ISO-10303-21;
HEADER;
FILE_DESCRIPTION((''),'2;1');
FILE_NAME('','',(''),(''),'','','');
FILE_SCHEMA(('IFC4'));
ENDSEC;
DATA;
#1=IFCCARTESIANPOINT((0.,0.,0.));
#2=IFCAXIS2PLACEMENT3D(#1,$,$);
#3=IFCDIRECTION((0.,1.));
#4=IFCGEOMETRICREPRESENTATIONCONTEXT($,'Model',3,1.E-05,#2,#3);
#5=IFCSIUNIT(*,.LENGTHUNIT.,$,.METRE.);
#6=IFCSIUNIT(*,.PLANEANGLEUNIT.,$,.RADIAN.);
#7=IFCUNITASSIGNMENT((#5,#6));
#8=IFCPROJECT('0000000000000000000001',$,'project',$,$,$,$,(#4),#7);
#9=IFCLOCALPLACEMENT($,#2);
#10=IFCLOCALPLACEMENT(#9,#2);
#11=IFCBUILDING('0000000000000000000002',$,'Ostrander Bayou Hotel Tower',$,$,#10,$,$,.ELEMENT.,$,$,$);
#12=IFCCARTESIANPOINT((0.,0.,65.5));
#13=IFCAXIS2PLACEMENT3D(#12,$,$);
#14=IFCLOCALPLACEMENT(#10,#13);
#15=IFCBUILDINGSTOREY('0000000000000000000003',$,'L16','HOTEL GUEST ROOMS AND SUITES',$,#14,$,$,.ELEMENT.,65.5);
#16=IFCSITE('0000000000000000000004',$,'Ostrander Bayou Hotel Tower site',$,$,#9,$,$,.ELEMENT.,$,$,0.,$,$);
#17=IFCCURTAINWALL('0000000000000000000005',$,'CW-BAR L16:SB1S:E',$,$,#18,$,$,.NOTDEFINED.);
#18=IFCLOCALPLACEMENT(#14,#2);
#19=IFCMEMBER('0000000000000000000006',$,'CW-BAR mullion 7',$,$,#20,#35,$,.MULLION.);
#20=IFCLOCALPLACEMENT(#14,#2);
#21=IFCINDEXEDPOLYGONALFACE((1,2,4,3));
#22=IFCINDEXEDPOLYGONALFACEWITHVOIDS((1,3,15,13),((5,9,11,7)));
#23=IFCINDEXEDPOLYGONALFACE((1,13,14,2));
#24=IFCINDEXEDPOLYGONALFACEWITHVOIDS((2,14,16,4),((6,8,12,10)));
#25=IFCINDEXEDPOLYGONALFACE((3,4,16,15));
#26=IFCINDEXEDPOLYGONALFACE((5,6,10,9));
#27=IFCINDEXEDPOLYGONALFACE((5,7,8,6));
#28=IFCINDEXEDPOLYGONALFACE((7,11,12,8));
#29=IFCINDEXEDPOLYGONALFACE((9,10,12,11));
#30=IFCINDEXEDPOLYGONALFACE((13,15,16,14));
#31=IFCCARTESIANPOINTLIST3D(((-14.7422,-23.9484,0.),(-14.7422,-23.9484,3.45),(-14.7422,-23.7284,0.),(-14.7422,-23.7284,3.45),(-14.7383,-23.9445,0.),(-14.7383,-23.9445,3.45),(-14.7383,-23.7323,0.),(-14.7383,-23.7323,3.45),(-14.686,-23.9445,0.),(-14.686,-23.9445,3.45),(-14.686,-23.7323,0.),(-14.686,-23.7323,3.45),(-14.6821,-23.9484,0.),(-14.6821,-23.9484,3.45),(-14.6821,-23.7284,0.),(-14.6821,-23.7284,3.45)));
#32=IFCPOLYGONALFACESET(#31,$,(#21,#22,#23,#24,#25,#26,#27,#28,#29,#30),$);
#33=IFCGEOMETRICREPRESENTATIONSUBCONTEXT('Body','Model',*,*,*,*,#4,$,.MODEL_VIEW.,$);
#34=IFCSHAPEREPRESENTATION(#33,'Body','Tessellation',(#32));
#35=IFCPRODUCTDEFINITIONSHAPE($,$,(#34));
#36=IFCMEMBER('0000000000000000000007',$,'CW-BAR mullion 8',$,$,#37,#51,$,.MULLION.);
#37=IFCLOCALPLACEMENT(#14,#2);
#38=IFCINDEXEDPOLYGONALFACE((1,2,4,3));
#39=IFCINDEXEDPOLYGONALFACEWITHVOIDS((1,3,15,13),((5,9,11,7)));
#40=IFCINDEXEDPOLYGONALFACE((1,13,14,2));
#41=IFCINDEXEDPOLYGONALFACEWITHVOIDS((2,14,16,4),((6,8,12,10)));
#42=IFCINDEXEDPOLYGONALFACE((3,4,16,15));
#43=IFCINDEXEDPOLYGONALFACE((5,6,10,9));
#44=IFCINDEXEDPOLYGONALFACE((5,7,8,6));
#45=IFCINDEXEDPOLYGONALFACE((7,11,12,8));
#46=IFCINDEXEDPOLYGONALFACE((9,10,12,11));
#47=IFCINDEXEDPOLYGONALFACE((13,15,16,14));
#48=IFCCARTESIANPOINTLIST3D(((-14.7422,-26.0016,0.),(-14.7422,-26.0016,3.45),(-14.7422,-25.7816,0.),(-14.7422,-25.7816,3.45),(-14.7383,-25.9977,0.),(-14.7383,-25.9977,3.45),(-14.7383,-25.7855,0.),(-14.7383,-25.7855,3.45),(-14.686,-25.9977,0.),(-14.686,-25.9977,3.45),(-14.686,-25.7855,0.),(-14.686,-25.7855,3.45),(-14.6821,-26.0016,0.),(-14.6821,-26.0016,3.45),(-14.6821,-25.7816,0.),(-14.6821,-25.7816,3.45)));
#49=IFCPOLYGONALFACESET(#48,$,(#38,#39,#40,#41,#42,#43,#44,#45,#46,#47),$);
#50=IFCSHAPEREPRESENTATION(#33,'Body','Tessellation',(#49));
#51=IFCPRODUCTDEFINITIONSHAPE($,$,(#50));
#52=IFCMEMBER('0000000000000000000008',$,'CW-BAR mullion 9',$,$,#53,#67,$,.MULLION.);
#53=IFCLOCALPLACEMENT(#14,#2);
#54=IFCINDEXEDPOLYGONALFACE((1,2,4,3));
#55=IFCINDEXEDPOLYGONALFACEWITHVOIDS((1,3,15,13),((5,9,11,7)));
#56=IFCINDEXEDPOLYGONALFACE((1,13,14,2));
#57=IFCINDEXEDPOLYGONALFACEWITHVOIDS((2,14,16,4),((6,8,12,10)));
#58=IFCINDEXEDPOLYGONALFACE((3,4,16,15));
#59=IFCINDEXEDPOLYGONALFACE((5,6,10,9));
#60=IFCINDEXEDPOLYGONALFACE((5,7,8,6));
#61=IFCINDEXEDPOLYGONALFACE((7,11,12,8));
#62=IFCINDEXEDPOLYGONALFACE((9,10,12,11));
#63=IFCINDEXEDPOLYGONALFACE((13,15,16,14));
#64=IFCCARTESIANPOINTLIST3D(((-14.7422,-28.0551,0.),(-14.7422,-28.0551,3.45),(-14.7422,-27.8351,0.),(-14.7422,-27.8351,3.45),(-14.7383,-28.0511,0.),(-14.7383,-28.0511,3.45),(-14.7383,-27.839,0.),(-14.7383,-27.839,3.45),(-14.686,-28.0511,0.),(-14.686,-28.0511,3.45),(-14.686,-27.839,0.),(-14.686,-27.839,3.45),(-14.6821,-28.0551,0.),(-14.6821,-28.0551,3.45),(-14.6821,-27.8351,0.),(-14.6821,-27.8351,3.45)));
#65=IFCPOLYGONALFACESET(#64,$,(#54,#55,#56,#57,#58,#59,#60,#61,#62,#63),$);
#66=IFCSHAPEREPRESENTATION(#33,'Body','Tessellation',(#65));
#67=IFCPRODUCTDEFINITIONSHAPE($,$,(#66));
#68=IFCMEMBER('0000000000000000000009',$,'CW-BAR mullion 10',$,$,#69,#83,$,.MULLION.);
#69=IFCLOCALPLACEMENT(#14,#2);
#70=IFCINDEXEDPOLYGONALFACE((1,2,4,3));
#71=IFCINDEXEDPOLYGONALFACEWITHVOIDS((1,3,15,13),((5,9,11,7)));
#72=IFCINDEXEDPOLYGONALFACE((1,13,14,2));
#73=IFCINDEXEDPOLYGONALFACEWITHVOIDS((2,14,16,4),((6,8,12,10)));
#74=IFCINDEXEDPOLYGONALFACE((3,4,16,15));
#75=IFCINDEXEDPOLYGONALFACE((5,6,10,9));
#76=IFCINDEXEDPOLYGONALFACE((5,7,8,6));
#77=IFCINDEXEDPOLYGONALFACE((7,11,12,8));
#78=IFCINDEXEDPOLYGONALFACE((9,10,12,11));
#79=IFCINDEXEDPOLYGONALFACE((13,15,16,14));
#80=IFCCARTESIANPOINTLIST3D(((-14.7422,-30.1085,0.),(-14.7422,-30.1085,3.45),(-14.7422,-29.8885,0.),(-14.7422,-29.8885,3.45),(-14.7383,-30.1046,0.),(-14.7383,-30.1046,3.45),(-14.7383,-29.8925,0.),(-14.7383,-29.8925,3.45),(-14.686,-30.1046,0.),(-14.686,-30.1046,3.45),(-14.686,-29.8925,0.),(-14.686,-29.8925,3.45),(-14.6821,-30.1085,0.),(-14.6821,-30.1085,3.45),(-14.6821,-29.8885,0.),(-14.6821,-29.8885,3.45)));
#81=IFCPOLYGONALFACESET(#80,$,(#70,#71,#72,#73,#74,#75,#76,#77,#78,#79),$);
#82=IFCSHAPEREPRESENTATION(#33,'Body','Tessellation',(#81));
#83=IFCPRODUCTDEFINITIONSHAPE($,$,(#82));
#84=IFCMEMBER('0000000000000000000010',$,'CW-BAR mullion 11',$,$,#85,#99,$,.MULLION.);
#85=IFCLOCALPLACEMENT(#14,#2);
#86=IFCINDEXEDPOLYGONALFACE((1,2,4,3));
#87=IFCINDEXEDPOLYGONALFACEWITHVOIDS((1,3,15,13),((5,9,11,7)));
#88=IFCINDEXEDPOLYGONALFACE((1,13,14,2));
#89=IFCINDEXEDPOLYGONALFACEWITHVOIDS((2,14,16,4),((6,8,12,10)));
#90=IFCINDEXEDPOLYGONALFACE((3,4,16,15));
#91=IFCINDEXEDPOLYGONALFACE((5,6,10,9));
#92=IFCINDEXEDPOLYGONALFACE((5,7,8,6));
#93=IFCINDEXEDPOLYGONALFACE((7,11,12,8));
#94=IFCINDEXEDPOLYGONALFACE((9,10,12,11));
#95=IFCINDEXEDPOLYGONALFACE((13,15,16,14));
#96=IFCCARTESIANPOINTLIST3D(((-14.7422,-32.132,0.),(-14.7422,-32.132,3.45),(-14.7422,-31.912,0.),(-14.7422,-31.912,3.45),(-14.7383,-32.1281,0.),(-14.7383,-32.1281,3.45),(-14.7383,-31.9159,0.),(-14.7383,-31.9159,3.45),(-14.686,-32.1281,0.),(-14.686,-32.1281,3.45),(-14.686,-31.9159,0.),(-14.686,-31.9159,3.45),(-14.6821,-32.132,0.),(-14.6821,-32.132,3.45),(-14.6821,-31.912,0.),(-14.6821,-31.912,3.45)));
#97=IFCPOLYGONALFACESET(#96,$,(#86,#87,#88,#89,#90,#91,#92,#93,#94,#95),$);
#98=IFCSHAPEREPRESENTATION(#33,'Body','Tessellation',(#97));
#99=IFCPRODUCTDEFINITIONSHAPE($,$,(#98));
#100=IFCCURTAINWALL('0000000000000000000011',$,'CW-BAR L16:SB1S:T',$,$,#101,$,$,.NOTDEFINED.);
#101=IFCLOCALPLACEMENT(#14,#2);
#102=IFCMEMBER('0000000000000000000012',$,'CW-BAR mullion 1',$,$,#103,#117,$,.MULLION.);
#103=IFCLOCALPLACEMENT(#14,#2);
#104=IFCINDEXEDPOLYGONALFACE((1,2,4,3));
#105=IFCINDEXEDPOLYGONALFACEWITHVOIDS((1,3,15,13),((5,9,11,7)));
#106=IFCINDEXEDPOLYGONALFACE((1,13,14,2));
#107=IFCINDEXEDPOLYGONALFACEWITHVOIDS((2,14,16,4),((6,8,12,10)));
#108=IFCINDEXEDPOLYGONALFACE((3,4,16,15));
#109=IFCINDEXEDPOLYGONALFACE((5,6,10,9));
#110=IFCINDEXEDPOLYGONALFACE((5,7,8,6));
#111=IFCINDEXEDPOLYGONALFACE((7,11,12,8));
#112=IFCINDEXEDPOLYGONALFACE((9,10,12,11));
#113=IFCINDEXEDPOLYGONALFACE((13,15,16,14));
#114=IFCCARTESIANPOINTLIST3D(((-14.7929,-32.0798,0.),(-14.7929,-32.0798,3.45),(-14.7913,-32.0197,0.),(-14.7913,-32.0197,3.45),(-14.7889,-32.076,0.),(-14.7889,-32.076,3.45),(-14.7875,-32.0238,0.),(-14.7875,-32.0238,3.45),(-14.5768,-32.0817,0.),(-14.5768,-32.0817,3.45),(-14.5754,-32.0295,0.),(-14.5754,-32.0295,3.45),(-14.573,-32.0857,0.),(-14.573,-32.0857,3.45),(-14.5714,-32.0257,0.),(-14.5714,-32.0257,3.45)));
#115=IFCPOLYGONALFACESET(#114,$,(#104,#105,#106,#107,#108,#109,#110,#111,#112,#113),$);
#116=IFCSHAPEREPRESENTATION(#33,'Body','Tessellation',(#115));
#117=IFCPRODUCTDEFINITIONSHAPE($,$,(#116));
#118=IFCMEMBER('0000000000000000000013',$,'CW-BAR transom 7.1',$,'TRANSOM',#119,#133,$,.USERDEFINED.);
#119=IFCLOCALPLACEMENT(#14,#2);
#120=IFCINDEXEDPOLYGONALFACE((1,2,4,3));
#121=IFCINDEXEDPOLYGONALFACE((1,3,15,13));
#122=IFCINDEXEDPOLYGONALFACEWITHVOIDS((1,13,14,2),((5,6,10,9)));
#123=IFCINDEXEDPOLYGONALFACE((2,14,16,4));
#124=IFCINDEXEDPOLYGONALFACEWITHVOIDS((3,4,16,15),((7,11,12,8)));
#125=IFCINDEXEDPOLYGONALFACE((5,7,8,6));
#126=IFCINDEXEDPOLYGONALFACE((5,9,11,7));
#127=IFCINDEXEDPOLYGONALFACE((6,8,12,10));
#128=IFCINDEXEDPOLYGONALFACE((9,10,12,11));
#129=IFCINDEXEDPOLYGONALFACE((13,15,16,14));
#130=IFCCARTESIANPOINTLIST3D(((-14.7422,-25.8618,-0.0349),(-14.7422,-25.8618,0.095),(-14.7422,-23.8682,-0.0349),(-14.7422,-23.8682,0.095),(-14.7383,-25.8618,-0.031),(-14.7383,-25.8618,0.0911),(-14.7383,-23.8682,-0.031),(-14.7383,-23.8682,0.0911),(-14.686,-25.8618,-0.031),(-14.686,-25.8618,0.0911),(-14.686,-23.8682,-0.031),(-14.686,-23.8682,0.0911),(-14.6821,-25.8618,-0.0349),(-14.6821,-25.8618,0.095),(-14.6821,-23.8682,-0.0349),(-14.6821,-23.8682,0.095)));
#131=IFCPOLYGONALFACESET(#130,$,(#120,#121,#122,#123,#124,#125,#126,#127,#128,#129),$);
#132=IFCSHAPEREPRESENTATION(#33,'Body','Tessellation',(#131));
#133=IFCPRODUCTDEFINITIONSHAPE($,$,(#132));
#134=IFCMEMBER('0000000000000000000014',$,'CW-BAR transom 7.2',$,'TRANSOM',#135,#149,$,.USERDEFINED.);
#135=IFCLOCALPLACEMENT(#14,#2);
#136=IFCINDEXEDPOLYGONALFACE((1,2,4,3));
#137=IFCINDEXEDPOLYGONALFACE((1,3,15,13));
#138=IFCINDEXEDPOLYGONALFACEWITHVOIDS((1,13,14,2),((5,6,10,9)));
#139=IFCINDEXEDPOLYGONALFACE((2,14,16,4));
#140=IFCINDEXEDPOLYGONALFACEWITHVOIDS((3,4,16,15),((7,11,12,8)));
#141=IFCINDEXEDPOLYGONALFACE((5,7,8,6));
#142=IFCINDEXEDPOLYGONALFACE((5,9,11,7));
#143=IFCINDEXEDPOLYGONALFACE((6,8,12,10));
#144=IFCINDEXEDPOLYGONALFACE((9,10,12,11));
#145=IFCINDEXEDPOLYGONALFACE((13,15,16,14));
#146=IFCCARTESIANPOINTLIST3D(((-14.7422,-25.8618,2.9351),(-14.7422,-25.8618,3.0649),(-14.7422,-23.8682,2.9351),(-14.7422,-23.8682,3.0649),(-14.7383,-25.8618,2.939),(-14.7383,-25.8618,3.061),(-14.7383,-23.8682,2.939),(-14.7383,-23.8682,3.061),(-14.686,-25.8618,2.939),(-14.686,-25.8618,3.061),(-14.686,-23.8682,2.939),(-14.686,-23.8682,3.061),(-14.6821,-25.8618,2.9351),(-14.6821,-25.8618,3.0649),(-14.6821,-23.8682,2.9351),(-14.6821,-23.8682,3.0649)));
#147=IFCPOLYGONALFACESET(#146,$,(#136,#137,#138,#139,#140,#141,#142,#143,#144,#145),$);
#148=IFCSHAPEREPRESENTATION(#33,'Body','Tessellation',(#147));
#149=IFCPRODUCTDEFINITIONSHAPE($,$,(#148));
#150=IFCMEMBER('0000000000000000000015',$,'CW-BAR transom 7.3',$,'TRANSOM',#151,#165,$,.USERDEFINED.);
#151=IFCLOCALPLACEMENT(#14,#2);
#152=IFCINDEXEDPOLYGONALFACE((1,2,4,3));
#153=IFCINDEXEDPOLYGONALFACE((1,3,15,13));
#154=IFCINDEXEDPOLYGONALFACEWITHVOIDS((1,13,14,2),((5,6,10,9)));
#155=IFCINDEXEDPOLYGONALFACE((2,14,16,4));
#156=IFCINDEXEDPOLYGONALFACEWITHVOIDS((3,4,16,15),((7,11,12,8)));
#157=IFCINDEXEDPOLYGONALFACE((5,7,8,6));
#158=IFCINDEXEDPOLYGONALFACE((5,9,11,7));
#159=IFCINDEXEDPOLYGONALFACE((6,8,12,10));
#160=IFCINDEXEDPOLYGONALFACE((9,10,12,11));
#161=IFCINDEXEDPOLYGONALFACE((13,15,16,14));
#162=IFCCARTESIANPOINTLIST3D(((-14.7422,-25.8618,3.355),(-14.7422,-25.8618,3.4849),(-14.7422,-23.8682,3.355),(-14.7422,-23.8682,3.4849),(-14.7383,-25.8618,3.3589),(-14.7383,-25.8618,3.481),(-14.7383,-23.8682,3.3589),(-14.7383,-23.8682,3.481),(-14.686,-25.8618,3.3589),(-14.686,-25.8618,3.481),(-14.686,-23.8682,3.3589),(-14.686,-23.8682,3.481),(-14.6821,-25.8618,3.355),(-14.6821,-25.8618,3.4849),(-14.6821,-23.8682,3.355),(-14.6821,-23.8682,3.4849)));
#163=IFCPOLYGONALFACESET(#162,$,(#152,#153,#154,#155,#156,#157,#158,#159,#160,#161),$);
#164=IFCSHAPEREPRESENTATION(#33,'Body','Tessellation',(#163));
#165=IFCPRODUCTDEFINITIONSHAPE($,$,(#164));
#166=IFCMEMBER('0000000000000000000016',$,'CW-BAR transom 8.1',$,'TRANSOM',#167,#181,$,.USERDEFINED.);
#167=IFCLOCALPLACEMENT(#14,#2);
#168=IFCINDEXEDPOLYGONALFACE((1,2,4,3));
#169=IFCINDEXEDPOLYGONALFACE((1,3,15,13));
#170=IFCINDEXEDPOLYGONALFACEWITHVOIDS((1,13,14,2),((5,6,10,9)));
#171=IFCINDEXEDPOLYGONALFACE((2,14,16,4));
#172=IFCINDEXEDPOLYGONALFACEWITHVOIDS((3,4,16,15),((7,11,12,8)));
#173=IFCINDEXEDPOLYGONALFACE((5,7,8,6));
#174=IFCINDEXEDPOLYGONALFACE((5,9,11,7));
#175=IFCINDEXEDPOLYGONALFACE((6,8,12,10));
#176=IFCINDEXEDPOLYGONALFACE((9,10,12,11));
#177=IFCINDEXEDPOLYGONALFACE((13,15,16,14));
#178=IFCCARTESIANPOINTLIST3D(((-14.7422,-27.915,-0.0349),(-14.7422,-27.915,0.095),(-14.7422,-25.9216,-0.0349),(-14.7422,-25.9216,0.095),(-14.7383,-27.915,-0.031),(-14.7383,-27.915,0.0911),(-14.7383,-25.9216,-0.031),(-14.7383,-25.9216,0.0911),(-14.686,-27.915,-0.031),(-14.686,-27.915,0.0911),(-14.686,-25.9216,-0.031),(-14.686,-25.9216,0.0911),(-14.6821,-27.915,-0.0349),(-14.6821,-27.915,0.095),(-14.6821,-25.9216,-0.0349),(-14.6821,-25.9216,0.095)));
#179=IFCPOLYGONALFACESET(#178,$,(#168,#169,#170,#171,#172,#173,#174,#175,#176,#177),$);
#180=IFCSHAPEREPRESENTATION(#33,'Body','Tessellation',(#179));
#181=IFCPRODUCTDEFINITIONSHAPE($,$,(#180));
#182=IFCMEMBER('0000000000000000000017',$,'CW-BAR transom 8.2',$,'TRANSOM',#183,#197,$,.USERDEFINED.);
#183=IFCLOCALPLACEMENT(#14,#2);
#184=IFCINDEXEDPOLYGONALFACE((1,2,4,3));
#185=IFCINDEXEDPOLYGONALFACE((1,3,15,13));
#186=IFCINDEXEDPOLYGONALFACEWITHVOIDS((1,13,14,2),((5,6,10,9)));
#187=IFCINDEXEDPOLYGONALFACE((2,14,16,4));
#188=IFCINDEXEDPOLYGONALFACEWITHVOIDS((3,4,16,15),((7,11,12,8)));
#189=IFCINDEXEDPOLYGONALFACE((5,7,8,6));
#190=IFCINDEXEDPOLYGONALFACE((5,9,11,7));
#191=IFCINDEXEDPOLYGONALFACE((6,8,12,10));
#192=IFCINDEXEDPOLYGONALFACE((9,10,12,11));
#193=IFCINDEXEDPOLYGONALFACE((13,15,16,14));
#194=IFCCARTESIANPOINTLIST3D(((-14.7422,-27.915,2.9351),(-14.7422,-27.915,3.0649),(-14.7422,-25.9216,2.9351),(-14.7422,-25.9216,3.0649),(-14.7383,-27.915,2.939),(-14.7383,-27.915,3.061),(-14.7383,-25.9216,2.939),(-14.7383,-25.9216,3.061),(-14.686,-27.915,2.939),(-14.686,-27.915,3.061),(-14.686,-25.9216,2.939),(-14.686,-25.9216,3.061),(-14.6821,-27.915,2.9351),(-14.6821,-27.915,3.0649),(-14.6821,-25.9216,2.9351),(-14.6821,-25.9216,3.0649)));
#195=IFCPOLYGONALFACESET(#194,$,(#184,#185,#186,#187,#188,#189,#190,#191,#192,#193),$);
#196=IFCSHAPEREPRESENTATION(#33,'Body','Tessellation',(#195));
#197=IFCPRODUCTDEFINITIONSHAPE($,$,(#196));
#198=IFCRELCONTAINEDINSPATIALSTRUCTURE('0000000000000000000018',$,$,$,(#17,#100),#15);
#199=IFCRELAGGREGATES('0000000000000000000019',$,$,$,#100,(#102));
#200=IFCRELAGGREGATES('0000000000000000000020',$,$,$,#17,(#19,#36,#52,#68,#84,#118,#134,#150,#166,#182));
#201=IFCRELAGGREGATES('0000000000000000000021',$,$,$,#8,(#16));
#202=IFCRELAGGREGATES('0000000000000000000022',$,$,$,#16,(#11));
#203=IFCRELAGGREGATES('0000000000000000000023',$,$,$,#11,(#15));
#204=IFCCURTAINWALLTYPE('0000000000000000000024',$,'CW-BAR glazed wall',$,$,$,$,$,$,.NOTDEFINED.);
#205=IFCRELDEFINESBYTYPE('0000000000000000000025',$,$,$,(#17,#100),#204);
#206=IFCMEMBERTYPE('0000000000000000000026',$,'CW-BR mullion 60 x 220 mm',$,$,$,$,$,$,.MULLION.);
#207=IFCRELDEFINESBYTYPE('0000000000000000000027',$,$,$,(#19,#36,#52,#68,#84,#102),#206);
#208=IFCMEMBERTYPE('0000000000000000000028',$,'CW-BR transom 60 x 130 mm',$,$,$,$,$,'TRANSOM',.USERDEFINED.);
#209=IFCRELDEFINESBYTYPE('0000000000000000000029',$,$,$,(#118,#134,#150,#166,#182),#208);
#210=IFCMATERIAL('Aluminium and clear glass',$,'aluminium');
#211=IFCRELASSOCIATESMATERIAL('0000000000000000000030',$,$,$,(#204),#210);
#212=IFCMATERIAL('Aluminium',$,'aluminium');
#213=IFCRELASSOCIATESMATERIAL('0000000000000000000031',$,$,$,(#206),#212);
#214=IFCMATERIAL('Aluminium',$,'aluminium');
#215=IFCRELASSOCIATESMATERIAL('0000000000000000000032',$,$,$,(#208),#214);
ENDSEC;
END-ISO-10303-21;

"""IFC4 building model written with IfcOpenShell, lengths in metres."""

from ifc_helpers import new_model, si_unit, direction, frame, origin, origin_2d, place, context, subcontext, project, spatial, hollow_rectangle, extrude, material, material_profile, profile_set, type_object, element, aggregate, save


model = new_model("IFC4")

# Units and contexts
model_context = context("Model", 3, precision=1e-05, world=origin(), true_north=direction((0.0, 1.0)))
body_context = subcontext(model_context, "Body", "Model", "MODEL_VIEW")
ifc_project = project(units=[si_unit("LENGTHUNIT", "METRE"), si_unit("PLANEANGLEUNIT", "RADIAN")], contexts=[model_context])

# Site, building, storey
site_placement = place(None, origin())
site = spatial("IfcSite", under=ifc_project, at=site_placement, Name="Ostrander Bayou Hotel Tower site", CompositionType="ELEMENT", RefElevation=0.0)
building_placement = place(site_placement, origin())
building = spatial("IfcBuilding", under=site, at=building_placement, Name="Ostrander Bayou Hotel Tower", CompositionType="ELEMENT")
storey_placement = place(building_placement, frame((0.0, 0.0, 65.5)))
storey = spatial("IfcBuildingStorey", under=building, at=storey_placement, Name="L16", Description="HOTEL GUEST ROOMS AND SUITES", CompositionType="ELEMENT", Elevation=65.5)

# Curtain wall, members
ifc_material_1 = material(Name="Aluminium and clear glass", Category="aluminium")
curtain_wall_type = type_object("IfcCurtainWallType", Name="CW-BAR glazed wall", PredefinedType="NOTDEFINED", material=ifc_material_1)
curtain_wall_1_placement = place(storey_placement, origin())
curtain_wall_1 = element("IfcCurtainWall", 1, at=curtain_wall_1_placement, inside=storey, type_object=curtain_wall_type, Name="CW-BAR L16:SB1S:E", PredefinedType="NOTDEFINED")
ifc_material_2 = material(Name="Aluminium", Category="aluminium")
ifc_material_profile_1 = material_profile(ifc_material_2, hollow_rectangle(XDim=0.0601, YDim=0.22, WallThickness=0.0039, at=origin_2d()))
ifc_profile_set_1 = profile_set([ifc_material_profile_1], Name="Aluminium")
member_type_1 = type_object("IfcMemberType", Name="CW-BR mullion 60 x 220 mm", PredefinedType="MULLION", material=ifc_profile_set_1)
member_1_placement = place(storey_placement, frame((-14.7122, -23.8384, 0.0), z_axis=(0.0, 0.0, 1.0), x_axis=(1.0, 0.0, 0.0)))
member_1 = element("IfcMember", 2, at=member_1_placement, type_object=member_type_1, Name="CW-BAR mullion 7", PredefinedType="MULLION", context=body_context, shape_type="SweptSolid", body=[
    extrude(hollow_rectangle(XDim=0.0601, YDim=0.22, WallThickness=0.0039, at=origin_2d()), origin(), (0.0, 0.0, 1.0), 3.45),
])
member_2_placement = place(storey_placement, frame((-14.7122, -25.8916, 0.0), z_axis=(0.0, 0.0, 1.0), x_axis=(1.0, 0.0, 0.0)))
member_2 = element("IfcMember", 3, at=member_2_placement, type_object=member_type_1, Name="CW-BAR mullion 8", PredefinedType="MULLION", context=body_context, shape_type="SweptSolid", body=[
    extrude(hollow_rectangle(XDim=0.0601, YDim=0.22, WallThickness=0.0039, at=origin_2d()), origin(), (0.0, 0.0, 1.0), 3.45),
])
member_3_placement = place(storey_placement, frame((-14.7122, -27.9451, 0.0), z_axis=(0.0, 0.0, 1.0), x_axis=(1.0, 0.0, 0.0)))
member_3 = element("IfcMember", 4, at=member_3_placement, type_object=member_type_1, Name="CW-BAR mullion 9", PredefinedType="MULLION", context=body_context, shape_type="SweptSolid", body=[
    extrude(hollow_rectangle(XDim=0.0601, YDim=0.22, WallThickness=0.0039, at=origin_2d()), origin(), (0.0, 0.0, 1.0), 3.45),
])
member_4_placement = place(storey_placement, frame((-14.7122, -29.9985, 0.0), z_axis=(0.0, 0.0, 1.0), x_axis=(1.0, 0.0, 0.0)))
member_4 = element("IfcMember", 5, at=member_4_placement, type_object=member_type_1, Name="CW-BAR mullion 10", PredefinedType="MULLION", context=body_context, shape_type="SweptSolid", body=[
    extrude(hollow_rectangle(XDim=0.0601, YDim=0.22, WallThickness=0.0039, at=origin_2d()), origin(), (0.0, 0.0, 1.0), 3.45),
])
member_5_placement = place(storey_placement, frame((-14.7122, -32.022, 0.0), z_axis=(0.0, 0.0, 1.0), x_axis=(1.0, 0.0, 0.0)))
member_5 = element("IfcMember", 6, at=member_5_placement, type_object=member_type_1, Name="CW-BAR mullion 11", PredefinedType="MULLION", context=body_context, shape_type="SweptSolid", body=[
    extrude(hollow_rectangle(XDim=0.0601, YDim=0.22, WallThickness=0.0039, at=origin_2d()), origin(), (0.0, 0.0, 1.0), 3.45),
])

# Curtain wall, member
curtain_wall_2_placement = place(storey_placement, origin())
curtain_wall_2 = element("IfcCurtainWall", 7, at=curtain_wall_2_placement, inside=storey, type_object=curtain_wall_type, Name="CW-BAR L16:SB1S:T", PredefinedType="NOTDEFINED")
member_6_placement = place(storey_placement, frame((-14.6821, -32.0527, 0.0), z_axis=(0.0, 0.0, 1.0), x_axis=(0.027042, 0.999634, 0.0)))
member_6 = element("IfcMember", 8, at=member_6_placement, type_object=member_type_1, Name="CW-BAR mullion 1", PredefinedType="MULLION", context=body_context, shape_type="SweptSolid", body=[
    extrude(hollow_rectangle(XDim=0.0601, YDim=0.22, WallThickness=0.0039, at=origin_2d()), origin(), (0.0, 0.0, 1.0), 3.45),
])

# Members
ifc_material_3 = material(Name="Aluminium", Category="aluminium")
ifc_material_profile_2 = material_profile(ifc_material_3, hollow_rectangle(XDim=0.0601, YDim=0.1299, WallThickness=0.0039, at=origin_2d()))
ifc_profile_set_2 = profile_set([ifc_material_profile_2], Name="Aluminium")
member_type_2 = type_object("IfcMemberType", Name="CW-BR transom 60 x 130 mm", ElementType="TRANSOM", PredefinedType="USERDEFINED", material=ifc_profile_set_2)
member_7_placement = place(storey_placement, frame((-14.7122, -23.8682, 0.03), z_axis=(0.0, -1.0, 0.0), x_axis=(1.0, 0.0, 0.0)))
member_7 = element("IfcMember", 9, at=member_7_placement, type_object=member_type_2, Name="CW-BAR transom 7.1", ObjectType="TRANSOM", PredefinedType="USERDEFINED", context=body_context, shape_type="SweptSolid", body=[
    extrude(hollow_rectangle(XDim=0.0601, YDim=0.1299, WallThickness=0.0039, at=origin_2d()), origin(), (0.0, 0.0, 1.0), 1.9937),
])
member_8_placement = place(storey_placement, frame((-14.7122, -23.8682, 3.0), z_axis=(0.0, -1.0, 0.0), x_axis=(1.0, 0.0, 0.0)))
member_8 = element("IfcMember", 10, at=member_8_placement, type_object=member_type_2, Name="CW-BAR transom 7.2", ObjectType="TRANSOM", PredefinedType="USERDEFINED", context=body_context, shape_type="SweptSolid", body=[
    extrude(hollow_rectangle(XDim=0.0601, YDim=0.1299, WallThickness=0.0039, at=origin_2d()), origin(), (0.0, 0.0, 1.0), 1.9937),
])
member_9_placement = place(storey_placement, frame((-14.7122, -23.8682, 3.4199), z_axis=(0.0, -1.0, 0.0), x_axis=(1.0, 0.0, 0.0)))
member_9 = element("IfcMember", 11, at=member_9_placement, type_object=member_type_2, Name="CW-BAR transom 7.3", ObjectType="TRANSOM", PredefinedType="USERDEFINED", context=body_context, shape_type="SweptSolid", body=[
    extrude(hollow_rectangle(XDim=0.0601, YDim=0.1299, WallThickness=0.0039, at=origin_2d()), origin(), (0.0, 0.0, 1.0), 1.9937),
])
member_10_placement = place(storey_placement, frame((-14.7122, -25.9216, 0.03), z_axis=(0.0, -1.0, 0.0), x_axis=(1.0, 0.0, 0.0)))
member_10 = element("IfcMember", 12, at=member_10_placement, type_object=member_type_2, Name="CW-BAR transom 8.1", ObjectType="TRANSOM", PredefinedType="USERDEFINED", context=body_context, shape_type="SweptSolid", body=[
    extrude(hollow_rectangle(XDim=0.0601, YDim=0.1299, WallThickness=0.0039, at=origin_2d()), origin(), (0.0, 0.0, 1.0), 1.9934),
])
member_11_placement = place(storey_placement, frame((-14.7122, -25.9216, 3.0), z_axis=(0.0, -1.0, 0.0), x_axis=(1.0, 0.0, 0.0)))
member_11 = element("IfcMember", 13, at=member_11_placement, type_object=member_type_2, Name="CW-BAR transom 8.2", ObjectType="TRANSOM", PredefinedType="USERDEFINED", context=body_context, shape_type="SweptSolid", body=[
    extrude(hollow_rectangle(XDim=0.0601, YDim=0.1299, WallThickness=0.0039, at=origin_2d()), origin(), (0.0, 0.0, 1.0), 1.9934),
])
aggregate(curtain_wall_2, [member_6])

aggregate(curtain_wall_1, [member_1, member_2, member_3, member_4, member_5, member_7, member_8, member_9, member_10, member_11])

save(model, "model.ifc")
